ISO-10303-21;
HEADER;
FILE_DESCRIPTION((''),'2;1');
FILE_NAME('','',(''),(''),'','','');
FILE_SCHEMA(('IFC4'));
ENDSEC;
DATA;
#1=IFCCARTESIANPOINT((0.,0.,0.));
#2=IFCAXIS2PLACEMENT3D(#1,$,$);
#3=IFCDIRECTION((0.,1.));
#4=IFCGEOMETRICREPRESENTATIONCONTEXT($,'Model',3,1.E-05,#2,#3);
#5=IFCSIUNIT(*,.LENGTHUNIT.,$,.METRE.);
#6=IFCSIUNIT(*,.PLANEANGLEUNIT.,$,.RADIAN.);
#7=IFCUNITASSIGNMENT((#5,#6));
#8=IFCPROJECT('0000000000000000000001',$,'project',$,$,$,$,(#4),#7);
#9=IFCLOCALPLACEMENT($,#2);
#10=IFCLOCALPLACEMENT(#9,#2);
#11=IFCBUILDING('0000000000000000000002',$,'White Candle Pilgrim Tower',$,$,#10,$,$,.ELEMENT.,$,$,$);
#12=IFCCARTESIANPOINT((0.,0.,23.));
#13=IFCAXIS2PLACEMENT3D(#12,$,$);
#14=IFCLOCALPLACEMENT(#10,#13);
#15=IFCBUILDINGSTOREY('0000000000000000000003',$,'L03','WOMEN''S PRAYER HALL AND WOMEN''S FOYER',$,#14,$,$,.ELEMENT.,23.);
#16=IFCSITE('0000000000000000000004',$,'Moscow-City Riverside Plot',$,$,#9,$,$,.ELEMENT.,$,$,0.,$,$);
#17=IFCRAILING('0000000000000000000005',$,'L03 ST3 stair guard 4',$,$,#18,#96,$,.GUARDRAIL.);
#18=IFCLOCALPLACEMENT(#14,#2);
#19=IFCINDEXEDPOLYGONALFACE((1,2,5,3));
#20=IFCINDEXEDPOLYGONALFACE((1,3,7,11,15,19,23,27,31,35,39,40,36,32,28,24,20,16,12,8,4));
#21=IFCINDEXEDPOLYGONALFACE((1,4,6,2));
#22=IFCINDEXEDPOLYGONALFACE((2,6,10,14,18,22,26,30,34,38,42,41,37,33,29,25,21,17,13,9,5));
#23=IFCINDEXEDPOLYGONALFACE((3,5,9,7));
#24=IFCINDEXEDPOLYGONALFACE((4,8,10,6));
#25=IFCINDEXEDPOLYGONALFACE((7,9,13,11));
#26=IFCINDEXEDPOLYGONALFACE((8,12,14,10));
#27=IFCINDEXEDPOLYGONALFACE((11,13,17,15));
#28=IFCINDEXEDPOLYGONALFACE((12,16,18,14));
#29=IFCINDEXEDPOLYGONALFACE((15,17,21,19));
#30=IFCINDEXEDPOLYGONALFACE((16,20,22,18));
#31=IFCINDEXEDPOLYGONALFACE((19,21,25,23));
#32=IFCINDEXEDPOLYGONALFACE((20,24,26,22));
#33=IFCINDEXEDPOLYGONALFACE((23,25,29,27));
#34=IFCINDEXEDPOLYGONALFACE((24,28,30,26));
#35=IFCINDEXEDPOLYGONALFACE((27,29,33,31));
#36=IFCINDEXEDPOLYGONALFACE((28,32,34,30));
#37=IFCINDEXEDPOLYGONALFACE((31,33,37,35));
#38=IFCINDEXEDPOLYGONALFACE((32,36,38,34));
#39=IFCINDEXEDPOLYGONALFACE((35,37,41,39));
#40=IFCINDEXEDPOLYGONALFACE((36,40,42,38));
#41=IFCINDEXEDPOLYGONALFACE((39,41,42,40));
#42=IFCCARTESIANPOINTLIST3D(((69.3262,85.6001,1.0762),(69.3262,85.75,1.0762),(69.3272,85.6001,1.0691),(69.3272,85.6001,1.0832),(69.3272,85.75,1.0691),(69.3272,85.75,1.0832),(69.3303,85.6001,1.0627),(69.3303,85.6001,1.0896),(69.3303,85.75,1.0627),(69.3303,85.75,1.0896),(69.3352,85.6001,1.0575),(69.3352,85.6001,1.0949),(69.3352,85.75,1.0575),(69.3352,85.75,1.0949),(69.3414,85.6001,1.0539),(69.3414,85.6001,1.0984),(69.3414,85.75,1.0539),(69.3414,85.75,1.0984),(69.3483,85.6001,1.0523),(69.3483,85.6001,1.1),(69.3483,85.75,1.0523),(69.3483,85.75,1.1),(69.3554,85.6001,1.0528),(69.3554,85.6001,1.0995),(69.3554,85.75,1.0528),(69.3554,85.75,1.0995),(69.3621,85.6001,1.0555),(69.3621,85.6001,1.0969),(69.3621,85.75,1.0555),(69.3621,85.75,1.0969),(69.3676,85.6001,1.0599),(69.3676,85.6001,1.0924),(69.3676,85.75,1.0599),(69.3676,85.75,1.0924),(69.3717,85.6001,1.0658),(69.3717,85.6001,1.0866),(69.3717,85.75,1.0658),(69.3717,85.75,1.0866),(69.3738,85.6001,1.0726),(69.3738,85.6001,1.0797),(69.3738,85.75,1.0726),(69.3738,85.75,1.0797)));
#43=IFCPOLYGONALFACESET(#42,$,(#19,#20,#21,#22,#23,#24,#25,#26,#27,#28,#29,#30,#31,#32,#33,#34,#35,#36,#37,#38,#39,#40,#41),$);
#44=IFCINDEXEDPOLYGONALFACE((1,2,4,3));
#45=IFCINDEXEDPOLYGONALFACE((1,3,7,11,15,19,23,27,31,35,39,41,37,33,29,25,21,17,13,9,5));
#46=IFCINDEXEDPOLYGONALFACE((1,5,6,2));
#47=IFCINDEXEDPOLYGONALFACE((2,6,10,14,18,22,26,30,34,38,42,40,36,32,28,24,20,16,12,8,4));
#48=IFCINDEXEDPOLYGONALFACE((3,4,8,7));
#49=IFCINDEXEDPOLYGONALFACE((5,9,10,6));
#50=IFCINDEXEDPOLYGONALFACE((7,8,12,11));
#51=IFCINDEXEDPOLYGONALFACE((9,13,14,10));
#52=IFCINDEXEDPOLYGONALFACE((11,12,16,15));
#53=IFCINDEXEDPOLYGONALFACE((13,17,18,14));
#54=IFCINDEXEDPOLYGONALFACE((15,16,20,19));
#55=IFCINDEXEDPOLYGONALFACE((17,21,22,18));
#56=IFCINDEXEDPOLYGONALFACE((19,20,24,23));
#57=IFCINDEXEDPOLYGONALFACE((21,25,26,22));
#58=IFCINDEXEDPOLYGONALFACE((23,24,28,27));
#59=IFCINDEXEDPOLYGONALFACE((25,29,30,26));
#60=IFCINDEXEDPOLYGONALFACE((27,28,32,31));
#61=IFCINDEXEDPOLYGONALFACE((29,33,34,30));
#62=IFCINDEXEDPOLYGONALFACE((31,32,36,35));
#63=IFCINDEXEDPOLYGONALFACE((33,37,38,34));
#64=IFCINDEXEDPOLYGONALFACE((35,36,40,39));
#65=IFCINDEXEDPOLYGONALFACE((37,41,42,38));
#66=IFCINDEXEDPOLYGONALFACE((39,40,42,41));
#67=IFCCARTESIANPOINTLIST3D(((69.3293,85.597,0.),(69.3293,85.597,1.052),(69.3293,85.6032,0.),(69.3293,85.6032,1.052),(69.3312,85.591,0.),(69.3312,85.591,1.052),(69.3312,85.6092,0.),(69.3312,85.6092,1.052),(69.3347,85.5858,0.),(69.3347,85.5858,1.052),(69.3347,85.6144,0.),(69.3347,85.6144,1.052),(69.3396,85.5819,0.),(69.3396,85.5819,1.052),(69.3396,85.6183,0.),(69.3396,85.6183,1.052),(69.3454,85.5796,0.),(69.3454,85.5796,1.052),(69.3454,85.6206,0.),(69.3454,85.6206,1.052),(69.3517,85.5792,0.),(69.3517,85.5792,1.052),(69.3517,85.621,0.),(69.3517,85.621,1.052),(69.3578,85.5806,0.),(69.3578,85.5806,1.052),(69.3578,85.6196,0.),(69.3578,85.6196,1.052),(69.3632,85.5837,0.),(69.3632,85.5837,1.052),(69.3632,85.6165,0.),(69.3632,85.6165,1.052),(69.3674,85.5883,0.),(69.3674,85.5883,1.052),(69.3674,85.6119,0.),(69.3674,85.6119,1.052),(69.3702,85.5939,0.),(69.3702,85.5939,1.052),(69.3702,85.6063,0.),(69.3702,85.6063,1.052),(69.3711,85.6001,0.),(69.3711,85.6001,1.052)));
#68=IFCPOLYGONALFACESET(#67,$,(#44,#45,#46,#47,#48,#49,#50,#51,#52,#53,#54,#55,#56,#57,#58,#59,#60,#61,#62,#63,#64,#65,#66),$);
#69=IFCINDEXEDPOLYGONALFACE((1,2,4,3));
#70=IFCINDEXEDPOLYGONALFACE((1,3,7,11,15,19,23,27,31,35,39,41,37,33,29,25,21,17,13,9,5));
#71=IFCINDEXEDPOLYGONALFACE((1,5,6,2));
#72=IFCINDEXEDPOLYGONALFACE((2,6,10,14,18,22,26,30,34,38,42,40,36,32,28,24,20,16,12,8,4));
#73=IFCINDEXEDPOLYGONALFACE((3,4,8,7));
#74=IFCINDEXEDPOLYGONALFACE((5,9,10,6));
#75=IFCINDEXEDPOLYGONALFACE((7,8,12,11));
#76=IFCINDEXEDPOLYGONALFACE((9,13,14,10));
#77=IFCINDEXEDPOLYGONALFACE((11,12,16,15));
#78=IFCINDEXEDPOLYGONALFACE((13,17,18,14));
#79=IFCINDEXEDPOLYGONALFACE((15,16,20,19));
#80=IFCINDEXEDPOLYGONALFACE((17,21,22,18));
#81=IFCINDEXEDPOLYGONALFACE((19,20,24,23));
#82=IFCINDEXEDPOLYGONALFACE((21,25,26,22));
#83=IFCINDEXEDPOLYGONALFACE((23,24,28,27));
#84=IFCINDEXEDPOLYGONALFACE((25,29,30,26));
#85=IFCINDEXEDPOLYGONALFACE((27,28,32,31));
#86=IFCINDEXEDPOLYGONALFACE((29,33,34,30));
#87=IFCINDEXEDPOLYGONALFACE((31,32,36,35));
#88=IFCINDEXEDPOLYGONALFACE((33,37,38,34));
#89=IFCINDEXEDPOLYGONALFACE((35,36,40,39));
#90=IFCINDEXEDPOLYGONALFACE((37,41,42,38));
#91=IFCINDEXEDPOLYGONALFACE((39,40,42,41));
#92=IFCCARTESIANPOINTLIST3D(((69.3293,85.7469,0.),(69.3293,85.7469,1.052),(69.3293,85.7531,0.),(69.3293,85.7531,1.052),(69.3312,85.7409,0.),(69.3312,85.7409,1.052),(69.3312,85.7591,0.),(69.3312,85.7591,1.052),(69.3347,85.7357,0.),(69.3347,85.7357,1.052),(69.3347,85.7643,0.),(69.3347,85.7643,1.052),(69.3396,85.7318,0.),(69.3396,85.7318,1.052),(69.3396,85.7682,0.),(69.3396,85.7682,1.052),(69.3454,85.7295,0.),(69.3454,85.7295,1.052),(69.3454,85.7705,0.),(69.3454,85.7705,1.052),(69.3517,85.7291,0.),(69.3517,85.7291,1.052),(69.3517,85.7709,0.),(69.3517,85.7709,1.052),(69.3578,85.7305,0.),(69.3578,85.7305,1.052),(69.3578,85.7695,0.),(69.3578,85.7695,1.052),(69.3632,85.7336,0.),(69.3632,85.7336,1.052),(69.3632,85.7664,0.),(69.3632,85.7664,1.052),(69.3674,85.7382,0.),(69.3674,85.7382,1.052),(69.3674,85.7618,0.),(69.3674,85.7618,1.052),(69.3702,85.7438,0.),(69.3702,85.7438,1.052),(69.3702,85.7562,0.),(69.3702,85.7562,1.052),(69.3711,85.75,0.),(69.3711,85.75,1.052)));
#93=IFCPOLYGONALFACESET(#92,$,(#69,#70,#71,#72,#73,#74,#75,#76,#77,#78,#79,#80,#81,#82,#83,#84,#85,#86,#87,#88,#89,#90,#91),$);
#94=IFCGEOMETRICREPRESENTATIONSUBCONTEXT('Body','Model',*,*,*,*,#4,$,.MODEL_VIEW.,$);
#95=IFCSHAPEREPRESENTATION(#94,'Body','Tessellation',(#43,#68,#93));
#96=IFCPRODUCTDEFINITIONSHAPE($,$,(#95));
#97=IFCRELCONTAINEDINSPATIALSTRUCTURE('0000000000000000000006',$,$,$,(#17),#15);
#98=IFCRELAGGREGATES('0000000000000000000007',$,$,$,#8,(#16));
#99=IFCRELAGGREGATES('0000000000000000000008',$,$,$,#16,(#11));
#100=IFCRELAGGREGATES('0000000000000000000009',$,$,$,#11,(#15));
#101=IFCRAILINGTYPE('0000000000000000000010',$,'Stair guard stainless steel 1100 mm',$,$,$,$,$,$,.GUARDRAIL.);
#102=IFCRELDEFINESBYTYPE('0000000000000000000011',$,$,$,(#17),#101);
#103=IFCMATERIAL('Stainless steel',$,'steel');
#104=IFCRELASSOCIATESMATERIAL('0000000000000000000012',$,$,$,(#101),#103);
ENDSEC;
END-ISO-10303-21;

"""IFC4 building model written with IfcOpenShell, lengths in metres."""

from ifc_helpers import new_model, si_unit, direction, frame, origin, origin_2d, place, context, subcontext, project, spatial, circle, extrude, material, type_object, element, save


model = new_model("IFC4")

# Units and contexts
model_context = context("Model", 3, precision=1e-05, world=origin(), true_north=direction((0.0, 1.0)))
body_context = subcontext(model_context, "Body", "Model", "MODEL_VIEW")
ifc_project = project(units=[si_unit("LENGTHUNIT", "METRE"), si_unit("PLANEANGLEUNIT", "RADIAN")], contexts=[model_context])

# Site, building, storey
site_placement = place(None, origin())
site = spatial("IfcSite", under=ifc_project, at=site_placement, Name="Moscow-City Riverside Plot", CompositionType="ELEMENT", RefElevation=0.0)
building_placement = place(site_placement, origin())
building = spatial("IfcBuilding", under=site, at=building_placement, Name="White Candle Pilgrim Tower", CompositionType="ELEMENT")
storey_placement = place(building_placement, frame((0.0, 0.0, 23.0)))
storey = spatial("IfcBuildingStorey", under=building, at=storey_placement, Name="L03", Description="WOMEN'S PRAYER HALL AND WOMEN'S FOYER", CompositionType="ELEMENT", Elevation=23.0)

# Railing
ifc_material_1 = material(Name="Stainless steel", Category="steel")
railing_type_1 = type_object("IfcRailingType", Name="Stair guard stainless steel 1100 mm", PredefinedType="GUARDRAIL", material=ifc_material_1)
railing_1_placement = place(storey_placement, frame((69.3501, 85.6001, 0.0)))
element("IfcRailing", 1, at=railing_1_placement, inside=storey, type_object=railing_type_1, Name="L03 ST3 stair guard 4", PredefinedType="GUARDRAIL", context=body_context, shape_type="SweptSolid", body=[
    extrude(circle(Radius=0.0239, at=origin_2d()), frame((0.0, 0.0, 1.0762), z_axis=(0.0, 1.0, 0.0), x_axis=(-1.0, 0.0, 0.0)), (0.0, 0.0, 1.0), 0.1499),
    extrude(circle(Radius=0.021, at=origin_2d()), origin(), (0.0, 0.0, 1.0), 1.052),
    extrude(circle(Radius=0.021, at=origin_2d()), frame((0.0, 0.1499, 0.0)), (0.0, 0.0, 1.0), 1.052),
])

save(model, "model.ifc")
